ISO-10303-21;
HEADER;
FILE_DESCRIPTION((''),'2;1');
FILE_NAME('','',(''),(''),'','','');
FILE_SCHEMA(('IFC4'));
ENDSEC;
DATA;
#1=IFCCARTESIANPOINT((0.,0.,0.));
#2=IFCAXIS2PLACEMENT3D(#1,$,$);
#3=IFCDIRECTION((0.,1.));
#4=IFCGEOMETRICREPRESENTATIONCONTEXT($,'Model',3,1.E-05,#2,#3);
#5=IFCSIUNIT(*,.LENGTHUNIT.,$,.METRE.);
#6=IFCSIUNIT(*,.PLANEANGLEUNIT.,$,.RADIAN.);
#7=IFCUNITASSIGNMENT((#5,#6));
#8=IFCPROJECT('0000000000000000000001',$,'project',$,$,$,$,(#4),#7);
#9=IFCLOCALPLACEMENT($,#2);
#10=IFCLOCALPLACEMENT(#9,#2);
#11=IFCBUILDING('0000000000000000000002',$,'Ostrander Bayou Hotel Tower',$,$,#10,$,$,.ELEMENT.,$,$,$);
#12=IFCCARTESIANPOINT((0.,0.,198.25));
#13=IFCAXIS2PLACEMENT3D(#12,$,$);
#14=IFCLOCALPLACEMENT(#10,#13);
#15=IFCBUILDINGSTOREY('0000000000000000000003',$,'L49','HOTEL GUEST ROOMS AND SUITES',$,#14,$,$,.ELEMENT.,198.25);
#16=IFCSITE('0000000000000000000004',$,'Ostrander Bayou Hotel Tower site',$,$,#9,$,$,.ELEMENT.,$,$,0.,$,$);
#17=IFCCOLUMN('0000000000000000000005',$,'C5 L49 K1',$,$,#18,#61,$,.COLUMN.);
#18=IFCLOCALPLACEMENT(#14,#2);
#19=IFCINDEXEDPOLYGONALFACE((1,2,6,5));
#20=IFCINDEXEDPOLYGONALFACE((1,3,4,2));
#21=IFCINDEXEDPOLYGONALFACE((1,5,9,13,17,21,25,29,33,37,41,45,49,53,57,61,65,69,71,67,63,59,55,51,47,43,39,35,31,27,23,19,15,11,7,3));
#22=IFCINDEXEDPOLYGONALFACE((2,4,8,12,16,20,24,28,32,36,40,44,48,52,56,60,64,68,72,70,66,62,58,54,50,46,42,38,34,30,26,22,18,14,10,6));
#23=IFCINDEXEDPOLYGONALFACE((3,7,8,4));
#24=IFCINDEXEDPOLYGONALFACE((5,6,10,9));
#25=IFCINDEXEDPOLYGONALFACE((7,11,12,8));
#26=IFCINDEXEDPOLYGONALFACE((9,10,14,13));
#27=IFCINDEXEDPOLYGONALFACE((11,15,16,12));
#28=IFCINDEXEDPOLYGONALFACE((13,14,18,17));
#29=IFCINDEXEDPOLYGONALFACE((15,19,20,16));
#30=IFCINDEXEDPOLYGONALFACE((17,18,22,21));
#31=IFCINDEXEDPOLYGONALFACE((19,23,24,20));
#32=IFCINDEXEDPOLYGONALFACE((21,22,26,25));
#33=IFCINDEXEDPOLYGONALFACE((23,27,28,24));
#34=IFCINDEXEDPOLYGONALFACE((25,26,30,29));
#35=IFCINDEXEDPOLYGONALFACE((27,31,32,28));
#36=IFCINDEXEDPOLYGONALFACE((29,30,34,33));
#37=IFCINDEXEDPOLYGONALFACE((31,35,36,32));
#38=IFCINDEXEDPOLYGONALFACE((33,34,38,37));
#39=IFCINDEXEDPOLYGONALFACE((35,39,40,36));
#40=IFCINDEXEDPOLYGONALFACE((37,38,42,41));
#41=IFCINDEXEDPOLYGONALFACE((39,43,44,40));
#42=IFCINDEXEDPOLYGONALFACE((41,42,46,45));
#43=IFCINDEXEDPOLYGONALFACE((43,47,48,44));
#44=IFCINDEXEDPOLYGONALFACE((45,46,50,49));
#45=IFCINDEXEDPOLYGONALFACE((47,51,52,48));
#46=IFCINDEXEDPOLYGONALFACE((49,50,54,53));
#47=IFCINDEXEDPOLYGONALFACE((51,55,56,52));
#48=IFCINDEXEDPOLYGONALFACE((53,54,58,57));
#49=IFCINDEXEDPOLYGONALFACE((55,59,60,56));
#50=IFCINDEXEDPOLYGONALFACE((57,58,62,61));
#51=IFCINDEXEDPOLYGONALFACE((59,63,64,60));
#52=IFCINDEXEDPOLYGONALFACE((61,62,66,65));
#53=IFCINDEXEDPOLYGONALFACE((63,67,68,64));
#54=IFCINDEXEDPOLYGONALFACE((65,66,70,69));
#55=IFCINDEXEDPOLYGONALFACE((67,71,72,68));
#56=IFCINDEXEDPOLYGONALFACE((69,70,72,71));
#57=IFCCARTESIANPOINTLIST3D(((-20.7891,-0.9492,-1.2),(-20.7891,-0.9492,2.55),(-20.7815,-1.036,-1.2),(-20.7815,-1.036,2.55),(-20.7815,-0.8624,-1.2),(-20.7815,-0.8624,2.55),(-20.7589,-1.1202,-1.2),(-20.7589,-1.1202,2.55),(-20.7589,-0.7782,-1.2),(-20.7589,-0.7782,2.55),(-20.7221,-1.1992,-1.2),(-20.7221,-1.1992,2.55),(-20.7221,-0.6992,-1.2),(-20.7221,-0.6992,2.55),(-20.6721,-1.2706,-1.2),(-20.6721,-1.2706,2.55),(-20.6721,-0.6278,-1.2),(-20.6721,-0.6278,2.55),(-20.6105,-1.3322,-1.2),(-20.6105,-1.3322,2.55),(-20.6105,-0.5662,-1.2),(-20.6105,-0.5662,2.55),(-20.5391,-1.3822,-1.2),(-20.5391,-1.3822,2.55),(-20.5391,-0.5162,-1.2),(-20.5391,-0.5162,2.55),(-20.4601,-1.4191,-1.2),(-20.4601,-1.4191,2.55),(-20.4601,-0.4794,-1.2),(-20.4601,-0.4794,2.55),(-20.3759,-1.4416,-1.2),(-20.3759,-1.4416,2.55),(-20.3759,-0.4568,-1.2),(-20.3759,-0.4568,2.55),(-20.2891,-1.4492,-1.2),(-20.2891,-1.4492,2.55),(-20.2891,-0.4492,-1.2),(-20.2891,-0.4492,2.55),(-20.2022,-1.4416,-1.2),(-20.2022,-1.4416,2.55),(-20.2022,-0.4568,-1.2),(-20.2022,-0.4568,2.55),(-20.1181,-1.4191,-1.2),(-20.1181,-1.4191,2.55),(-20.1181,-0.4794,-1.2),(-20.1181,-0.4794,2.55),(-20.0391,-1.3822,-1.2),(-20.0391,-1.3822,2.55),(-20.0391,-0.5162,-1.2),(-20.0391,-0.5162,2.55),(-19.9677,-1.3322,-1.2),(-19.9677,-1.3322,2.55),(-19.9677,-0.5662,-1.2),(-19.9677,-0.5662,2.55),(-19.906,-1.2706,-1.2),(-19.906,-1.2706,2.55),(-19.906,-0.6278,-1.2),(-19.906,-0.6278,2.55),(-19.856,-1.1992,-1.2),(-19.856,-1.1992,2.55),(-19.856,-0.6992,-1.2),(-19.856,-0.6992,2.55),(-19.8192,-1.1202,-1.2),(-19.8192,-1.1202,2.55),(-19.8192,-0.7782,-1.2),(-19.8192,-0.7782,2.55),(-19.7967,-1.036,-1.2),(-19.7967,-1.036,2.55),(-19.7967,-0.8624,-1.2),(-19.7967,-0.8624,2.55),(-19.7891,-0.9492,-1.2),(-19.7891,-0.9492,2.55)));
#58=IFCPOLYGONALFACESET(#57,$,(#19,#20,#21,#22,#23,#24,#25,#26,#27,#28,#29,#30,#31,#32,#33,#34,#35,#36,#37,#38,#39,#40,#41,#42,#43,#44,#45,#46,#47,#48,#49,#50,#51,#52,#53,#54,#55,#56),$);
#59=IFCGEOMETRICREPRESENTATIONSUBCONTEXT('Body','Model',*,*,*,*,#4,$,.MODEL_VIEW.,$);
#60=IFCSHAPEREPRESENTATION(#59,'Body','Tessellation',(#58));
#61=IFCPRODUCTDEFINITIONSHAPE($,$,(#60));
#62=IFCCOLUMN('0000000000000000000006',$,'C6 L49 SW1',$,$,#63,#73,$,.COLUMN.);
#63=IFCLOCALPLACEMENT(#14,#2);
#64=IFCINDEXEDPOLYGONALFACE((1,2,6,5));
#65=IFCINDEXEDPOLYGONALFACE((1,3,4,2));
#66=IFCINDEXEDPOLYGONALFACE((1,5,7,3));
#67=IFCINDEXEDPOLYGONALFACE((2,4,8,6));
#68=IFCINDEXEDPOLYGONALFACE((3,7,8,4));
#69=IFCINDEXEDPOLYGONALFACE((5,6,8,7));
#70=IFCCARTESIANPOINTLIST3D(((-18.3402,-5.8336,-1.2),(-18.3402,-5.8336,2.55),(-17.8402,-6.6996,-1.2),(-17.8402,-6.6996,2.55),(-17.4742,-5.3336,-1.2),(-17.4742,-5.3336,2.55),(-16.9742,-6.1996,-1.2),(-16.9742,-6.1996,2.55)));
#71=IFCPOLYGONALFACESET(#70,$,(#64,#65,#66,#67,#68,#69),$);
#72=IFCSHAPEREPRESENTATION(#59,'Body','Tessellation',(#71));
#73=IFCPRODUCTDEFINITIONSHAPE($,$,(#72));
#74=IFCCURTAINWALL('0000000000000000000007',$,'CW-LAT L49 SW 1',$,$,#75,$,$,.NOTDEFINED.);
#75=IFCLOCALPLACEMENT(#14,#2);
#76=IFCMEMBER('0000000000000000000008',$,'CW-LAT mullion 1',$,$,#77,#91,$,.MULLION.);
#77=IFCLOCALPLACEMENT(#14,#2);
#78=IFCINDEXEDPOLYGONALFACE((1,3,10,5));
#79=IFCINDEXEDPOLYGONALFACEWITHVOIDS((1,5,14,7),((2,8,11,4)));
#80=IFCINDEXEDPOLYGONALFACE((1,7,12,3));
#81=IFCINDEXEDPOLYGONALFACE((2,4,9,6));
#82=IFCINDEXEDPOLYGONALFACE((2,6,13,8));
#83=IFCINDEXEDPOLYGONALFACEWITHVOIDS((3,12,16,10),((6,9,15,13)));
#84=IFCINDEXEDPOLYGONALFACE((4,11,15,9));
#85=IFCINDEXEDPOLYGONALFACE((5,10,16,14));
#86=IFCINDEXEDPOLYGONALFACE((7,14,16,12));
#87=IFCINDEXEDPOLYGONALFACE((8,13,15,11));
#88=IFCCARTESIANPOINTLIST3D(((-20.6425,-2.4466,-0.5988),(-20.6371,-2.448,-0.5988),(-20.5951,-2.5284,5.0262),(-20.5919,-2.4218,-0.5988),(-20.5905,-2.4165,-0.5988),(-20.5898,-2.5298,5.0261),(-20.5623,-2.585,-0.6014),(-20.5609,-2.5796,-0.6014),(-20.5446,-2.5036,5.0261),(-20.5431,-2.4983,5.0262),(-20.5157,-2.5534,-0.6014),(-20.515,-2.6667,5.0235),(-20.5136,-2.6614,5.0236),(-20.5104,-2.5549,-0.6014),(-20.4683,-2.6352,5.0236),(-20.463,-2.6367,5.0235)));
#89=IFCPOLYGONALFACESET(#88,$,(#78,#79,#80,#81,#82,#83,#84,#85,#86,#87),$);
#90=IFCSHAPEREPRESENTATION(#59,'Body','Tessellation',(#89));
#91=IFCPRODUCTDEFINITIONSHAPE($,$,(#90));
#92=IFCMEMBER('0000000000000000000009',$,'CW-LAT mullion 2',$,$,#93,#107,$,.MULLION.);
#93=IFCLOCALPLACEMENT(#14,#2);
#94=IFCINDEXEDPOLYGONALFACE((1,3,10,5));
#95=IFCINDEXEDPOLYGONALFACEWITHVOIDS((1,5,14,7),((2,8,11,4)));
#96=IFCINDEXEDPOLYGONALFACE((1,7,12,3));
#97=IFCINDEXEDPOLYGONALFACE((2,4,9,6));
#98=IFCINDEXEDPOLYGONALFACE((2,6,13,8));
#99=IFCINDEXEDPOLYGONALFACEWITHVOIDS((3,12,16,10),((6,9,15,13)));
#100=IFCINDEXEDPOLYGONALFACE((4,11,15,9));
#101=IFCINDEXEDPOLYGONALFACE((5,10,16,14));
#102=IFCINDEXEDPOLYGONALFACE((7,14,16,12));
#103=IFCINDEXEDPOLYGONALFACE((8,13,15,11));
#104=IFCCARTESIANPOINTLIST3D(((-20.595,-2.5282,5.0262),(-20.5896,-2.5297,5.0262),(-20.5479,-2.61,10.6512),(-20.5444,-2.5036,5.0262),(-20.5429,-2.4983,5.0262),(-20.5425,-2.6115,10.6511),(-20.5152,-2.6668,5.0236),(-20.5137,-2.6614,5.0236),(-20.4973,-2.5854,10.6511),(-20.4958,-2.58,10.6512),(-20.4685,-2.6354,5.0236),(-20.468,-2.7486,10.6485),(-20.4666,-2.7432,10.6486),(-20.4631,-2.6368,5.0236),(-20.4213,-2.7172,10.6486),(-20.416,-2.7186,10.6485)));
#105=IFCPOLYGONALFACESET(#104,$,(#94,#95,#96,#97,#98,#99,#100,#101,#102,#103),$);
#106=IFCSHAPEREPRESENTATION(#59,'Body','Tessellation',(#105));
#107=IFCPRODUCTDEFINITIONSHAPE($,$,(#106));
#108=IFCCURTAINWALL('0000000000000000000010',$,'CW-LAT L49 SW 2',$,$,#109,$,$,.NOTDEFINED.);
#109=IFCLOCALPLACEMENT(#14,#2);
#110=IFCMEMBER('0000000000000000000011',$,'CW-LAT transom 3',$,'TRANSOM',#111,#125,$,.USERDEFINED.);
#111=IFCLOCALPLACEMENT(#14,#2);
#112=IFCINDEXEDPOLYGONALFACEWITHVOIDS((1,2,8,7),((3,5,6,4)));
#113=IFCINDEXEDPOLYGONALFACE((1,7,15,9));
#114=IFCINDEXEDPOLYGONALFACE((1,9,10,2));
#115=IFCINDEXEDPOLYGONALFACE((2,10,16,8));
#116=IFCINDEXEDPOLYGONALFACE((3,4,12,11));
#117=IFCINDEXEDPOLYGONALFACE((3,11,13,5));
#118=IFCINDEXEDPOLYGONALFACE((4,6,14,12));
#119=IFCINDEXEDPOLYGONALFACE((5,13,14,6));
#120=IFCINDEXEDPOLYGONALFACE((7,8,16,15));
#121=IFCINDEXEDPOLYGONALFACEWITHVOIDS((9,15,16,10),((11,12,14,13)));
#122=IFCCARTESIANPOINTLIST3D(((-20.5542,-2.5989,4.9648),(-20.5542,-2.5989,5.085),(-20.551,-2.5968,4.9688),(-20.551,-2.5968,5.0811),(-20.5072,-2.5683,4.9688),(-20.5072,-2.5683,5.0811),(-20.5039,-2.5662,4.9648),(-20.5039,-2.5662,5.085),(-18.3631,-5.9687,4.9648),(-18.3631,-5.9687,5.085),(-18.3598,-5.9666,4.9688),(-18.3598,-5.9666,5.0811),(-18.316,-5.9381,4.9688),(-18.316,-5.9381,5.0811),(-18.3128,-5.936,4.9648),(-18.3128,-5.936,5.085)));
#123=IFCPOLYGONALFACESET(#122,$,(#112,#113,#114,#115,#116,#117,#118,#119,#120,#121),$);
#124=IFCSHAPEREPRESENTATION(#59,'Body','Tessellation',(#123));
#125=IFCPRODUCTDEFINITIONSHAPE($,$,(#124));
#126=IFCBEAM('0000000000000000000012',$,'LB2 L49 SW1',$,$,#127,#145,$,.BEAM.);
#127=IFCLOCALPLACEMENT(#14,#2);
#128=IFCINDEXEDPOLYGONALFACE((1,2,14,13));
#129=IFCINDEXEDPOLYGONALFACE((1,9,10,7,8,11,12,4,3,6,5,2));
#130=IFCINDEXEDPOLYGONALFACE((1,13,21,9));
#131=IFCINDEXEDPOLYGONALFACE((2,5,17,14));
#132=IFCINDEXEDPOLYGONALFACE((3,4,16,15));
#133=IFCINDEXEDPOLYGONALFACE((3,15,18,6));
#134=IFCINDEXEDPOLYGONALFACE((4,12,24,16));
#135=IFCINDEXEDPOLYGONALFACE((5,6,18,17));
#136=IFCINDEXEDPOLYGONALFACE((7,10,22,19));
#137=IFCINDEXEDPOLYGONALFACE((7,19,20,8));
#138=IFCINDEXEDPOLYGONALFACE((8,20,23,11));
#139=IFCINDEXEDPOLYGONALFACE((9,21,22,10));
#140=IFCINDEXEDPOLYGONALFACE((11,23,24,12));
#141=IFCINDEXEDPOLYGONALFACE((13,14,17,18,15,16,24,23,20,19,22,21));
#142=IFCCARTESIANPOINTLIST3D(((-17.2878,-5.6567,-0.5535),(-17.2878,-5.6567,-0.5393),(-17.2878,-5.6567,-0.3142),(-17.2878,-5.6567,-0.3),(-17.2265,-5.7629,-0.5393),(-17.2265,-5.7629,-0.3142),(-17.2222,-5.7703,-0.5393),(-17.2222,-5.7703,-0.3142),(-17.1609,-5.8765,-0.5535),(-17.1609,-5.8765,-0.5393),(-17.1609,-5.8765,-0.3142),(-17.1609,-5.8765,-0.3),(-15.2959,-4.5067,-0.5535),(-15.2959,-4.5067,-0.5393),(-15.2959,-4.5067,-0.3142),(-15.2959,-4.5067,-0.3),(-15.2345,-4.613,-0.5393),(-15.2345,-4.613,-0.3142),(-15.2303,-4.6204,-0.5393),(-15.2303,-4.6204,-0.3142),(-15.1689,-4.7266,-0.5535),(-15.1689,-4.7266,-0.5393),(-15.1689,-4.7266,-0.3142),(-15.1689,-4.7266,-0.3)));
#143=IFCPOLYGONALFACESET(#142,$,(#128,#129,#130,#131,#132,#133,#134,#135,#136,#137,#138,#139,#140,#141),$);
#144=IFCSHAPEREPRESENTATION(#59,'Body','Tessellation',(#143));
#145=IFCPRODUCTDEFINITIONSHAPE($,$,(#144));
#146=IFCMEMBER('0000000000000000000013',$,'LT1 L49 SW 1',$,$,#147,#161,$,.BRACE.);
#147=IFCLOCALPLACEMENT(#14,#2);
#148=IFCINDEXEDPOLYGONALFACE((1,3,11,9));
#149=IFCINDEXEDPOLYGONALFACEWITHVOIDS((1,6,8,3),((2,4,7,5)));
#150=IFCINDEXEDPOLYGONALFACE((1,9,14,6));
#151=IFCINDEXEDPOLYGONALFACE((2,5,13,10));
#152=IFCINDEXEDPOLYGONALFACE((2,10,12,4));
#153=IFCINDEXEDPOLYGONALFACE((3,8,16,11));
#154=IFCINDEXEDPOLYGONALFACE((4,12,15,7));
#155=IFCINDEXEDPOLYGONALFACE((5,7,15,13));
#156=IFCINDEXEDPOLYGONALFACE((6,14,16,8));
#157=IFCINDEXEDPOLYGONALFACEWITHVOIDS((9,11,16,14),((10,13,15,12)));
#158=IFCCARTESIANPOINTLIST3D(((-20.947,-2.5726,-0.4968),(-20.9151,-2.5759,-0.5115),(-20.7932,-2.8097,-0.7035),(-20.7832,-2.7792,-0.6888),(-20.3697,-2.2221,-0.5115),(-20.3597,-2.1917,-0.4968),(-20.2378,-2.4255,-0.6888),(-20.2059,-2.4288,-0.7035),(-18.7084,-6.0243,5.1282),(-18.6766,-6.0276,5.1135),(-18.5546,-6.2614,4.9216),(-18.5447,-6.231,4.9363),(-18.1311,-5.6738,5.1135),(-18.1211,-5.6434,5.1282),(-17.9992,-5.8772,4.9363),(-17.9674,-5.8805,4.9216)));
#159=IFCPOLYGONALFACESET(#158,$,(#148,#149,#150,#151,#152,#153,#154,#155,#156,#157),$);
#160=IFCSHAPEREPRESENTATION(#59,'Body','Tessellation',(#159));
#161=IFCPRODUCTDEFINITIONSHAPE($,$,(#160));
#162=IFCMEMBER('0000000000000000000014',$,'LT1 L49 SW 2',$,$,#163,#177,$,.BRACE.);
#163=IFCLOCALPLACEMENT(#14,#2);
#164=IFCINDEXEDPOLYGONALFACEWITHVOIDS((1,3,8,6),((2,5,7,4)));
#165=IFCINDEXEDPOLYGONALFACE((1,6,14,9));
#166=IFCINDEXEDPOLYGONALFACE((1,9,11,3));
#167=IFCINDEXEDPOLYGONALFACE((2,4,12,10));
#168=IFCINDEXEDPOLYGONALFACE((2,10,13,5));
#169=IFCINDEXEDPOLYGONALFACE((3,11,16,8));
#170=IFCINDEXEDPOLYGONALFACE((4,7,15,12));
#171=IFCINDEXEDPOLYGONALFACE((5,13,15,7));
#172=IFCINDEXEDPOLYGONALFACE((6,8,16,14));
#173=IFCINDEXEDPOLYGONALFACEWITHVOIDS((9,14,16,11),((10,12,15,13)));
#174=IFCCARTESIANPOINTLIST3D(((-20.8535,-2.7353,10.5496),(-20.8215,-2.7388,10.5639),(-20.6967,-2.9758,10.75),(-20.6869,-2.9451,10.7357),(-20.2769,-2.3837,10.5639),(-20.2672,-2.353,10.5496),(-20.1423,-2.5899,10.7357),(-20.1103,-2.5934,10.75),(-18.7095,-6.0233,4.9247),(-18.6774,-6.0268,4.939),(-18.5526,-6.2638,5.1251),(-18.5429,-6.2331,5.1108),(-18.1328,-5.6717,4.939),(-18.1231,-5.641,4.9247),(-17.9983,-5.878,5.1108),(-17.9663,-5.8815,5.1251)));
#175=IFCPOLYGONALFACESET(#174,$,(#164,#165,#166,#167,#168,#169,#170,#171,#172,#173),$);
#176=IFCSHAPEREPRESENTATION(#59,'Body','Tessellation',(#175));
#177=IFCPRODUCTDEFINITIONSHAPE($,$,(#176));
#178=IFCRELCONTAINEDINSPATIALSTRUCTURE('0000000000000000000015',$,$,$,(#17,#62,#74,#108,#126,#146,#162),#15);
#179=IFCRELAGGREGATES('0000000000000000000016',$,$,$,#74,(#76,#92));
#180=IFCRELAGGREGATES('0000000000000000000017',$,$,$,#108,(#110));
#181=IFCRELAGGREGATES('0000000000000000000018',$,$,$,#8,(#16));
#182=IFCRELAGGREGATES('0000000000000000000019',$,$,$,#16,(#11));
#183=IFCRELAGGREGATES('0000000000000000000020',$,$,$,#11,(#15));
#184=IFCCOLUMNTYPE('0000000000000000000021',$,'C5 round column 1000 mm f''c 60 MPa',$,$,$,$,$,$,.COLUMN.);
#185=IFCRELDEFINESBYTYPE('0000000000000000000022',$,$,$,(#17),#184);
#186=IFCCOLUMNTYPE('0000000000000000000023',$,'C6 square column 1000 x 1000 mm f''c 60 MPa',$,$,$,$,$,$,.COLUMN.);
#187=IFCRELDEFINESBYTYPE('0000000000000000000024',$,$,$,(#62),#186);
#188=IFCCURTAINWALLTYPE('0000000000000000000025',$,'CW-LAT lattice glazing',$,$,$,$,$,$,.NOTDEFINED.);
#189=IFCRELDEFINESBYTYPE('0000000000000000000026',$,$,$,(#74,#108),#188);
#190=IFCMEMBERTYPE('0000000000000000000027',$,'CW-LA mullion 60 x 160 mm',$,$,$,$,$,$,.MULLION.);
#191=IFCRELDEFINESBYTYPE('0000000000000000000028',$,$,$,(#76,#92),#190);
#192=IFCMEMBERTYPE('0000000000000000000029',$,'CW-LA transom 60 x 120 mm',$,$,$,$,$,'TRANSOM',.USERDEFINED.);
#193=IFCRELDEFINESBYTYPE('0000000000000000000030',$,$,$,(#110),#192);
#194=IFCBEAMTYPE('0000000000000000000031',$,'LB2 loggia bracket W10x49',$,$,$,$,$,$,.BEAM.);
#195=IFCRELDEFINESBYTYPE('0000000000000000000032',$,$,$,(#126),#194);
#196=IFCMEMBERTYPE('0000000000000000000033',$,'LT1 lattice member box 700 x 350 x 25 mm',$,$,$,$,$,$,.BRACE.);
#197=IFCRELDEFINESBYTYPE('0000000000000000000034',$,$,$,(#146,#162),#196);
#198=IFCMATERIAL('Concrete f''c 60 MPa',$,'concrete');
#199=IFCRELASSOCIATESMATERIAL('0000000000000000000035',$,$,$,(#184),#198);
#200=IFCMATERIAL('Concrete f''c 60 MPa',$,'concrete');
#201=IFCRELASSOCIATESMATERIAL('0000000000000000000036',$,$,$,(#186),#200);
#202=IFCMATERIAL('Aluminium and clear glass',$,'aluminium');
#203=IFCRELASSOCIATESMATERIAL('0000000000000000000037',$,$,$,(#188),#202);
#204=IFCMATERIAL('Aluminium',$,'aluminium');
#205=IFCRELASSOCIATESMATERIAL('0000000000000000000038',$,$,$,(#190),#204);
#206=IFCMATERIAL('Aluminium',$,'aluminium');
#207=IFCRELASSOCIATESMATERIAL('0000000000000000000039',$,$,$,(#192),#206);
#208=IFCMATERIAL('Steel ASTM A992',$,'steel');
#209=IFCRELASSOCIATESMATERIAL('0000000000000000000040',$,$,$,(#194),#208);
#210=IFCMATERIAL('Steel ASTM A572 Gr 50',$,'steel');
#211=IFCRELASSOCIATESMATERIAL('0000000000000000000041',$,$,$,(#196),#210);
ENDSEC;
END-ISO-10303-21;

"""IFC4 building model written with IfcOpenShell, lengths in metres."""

from ifc_helpers import new_model, si_unit, direction, frame, origin, origin_2d, place, context, subcontext, project, spatial, rectangle, hollow_rectangle, circle, i_section, extrude, material, material_profile, profile_set, type_object, element, aggregate, save


model = new_model("IFC4")

# Units and contexts
model_context = context("Model", 3, precision=1e-05, world=origin(), true_north=direction((0.0, 1.0)))
body_context = subcontext(model_context, "Body", "Model", "MODEL_VIEW")
ifc_project = project(units=[si_unit("LENGTHUNIT", "METRE"), si_unit("PLANEANGLEUNIT", "RADIAN")], contexts=[model_context])

# Site, building, storey
site_placement = place(None, origin())
site = spatial("IfcSite", under=ifc_project, at=site_placement, Name="Ostrander Bayou Hotel Tower site", CompositionType="ELEMENT", RefElevation=0.0)
building_placement = place(site_placement, origin())
building = spatial("IfcBuilding", under=site, at=building_placement, Name="Ostrander Bayou Hotel Tower", CompositionType="ELEMENT")
storey_placement = place(building_placement, frame((0.0, 0.0, 198.25)))
storey = spatial("IfcBuildingStorey", under=building, at=storey_placement, Name="L49", Description="HOTEL GUEST ROOMS AND SUITES", CompositionType="ELEMENT", Elevation=198.25)

# Columns
ifc_material_1 = material(Name="Concrete f'c 60 MPa", Category="concrete")
ifc_material_profile_1 = material_profile(ifc_material_1, circle(Radius=0.5, at=origin_2d()))
ifc_profile_set_1 = profile_set([ifc_material_profile_1], Name="Concrete f'c 60 MPa")
column_type_1 = type_object("IfcColumnType", Name="C5 round column 1000 mm f'c 60 MPa", PredefinedType="COLUMN", material=ifc_profile_set_1)
column_1_placement = place(storey_placement, frame((-20.2891, -0.9492, -1.2), z_axis=(0.0, 0.0, 1.0), x_axis=(1.0, 0.0, 0.0)))
element("IfcColumn", 1, at=column_1_placement, inside=storey, type_object=column_type_1, Name="C5 L49 K1", PredefinedType="COLUMN", context=body_context, shape_type="SweptSolid", body=[
    extrude(circle(Radius=0.5, at=origin_2d()), origin(), (0.0, 0.0, 1.0), 3.75),
])
ifc_material_2 = material(Name="Concrete f'c 60 MPa", Category="concrete")
ifc_material_profile_2 = material_profile(ifc_material_2, rectangle(XDim=1.0, YDim=1.0, at=origin_2d()))
ifc_profile_set_2 = profile_set([ifc_material_profile_2], Name="Concrete f'c 60 MPa")
column_type_2 = type_object("IfcColumnType", Name="C6 square column 1000 x 1000 mm f'c 60 MPa", PredefinedType="COLUMN", material=ifc_profile_set_2)
column_2_placement = place(storey_placement, frame((-17.6572, -6.0166, -1.2), z_axis=(0.0, 0.0, 1.0), x_axis=(-0.5, 0.866025, 0.0)))
element("IfcColumn", 2, at=column_2_placement, inside=storey, type_object=column_type_2, Name="C6 L49 SW1", PredefinedType="COLUMN", context=body_context, shape_type="SweptSolid", body=[
    extrude(rectangle(XDim=1.0, YDim=1.0, at=origin_2d()), origin(), (0.0, 0.0, 1.0), 3.75),
])

# Curtain wall, members
ifc_material_3 = material(Name="Aluminium and clear glass", Category="aluminium")
curtain_wall_type = type_object("IfcCurtainWallType", Name="CW-LAT lattice glazing", PredefinedType="NOTDEFINED", material=ifc_material_3)
curtain_wall_1_placement = place(storey_placement, origin())
curtain_wall_1 = element("IfcCurtainWall", 3, at=curtain_wall_1_placement, inside=storey, type_object=curtain_wall_type, Name="CW-LAT L49 SW 1", PredefinedType="NOTDEFINED")
ifc_material_4 = material(Name="Aluminium", Category="aluminium")
ifc_material_profile_3 = material_profile(ifc_material_4, hollow_rectangle(XDim=0.0601, YDim=0.1599, WallThickness=0.0039, at=origin_2d()))
ifc_profile_set_3 = profile_set([ifc_material_profile_3], Name="Aluminium")
member_type_1 = type_object("IfcMemberType", Name="CW-LA mullion 60 x 160 mm", PredefinedType="MULLION", material=ifc_profile_set_3)
member_1_placement = place(storey_placement, frame((-20.5764, -2.5007, -0.6001), z_axis=(0.008419, -0.014538, 0.999859), x_axis=(0.865367, 0.501138, 0.0)))
member_1 = element("IfcMember", 4, at=member_1_placement, type_object=member_type_1, Name="CW-LAT mullion 1", PredefinedType="MULLION", context=body_context, shape_type="SweptSolid", body=[
    extrude(hollow_rectangle(XDim=0.0601, YDim=0.1599, WallThickness=0.0039, at=origin_2d()), origin(), (0.0, 0.0, 1.0), 5.6257),
])
member_2_placement = place(storey_placement, frame((-20.5291, -2.5825, 5.0249), z_axis=(0.008376, -0.014538, 0.999859), x_axis=(0.866487, 0.4992, 0.0)))
member_2 = element("IfcMember", 5, at=member_2_placement, type_object=member_type_1, Name="CW-LAT mullion 2", PredefinedType="MULLION", context=body_context, shape_type="SweptSolid", body=[
    extrude(hollow_rectangle(XDim=0.0601, YDim=0.1599, WallThickness=0.0039, at=origin_2d()), origin(), (0.0, 0.0, 1.0), 5.6257),
])

# Curtain wall, member
curtain_wall_2_placement = place(storey_placement, origin())
curtain_wall_2 = element("IfcCurtainWall", 6, at=curtain_wall_2_placement, inside=storey, type_object=curtain_wall_type, Name="CW-LAT L49 SW 2", PredefinedType="NOTDEFINED")
ifc_material_5 = material(Name="Aluminium", Category="aluminium")
ifc_material_profile_4 = material_profile(ifc_material_5, hollow_rectangle(XDim=0.0601, YDim=0.1201, WallThickness=0.0039, at=origin_2d()))
ifc_profile_set_4 = profile_set([ifc_material_profile_4], Name="Aluminium")
member_type_2 = type_object("IfcMemberType", Name="CW-LA transom 60 x 120 mm", ElementType="TRANSOM", PredefinedType="USERDEFINED", material=ifc_profile_set_4)
member_3_placement = place(storey_placement, frame((-20.5291, -2.5825, 5.0249), z_axis=(0.545119, -0.838359, 0.0), x_axis=(0.838359, 0.545119, 0.0)))
member_3 = element("IfcMember", 7, at=member_3_placement, type_object=member_type_2, Name="CW-LAT transom 3", ObjectType="TRANSOM", PredefinedType="USERDEFINED", context=body_context, shape_type="SweptSolid", body=[
    extrude(hollow_rectangle(XDim=0.0601, YDim=0.1201, WallThickness=0.0039, at=origin_2d()), origin(), (0.0, 0.0, 1.0), 4.0195),
])

# Beam
ifc_material_6 = material(Name="Steel ASTM A992", Category="steel")
ifc_material_profile_5 = material_profile(ifc_material_6, i_section(OverallWidth=0.2539, OverallDepth=0.2534, WebThickness=0.0085, FlangeThickness=0.0142, at=origin_2d()))
ifc_profile_set_5 = profile_set([ifc_material_profile_5], Name="Steel ASTM A992")
beam_type_1 = type_object("IfcBeamType", Name="LB2 loggia bracket W10x49", PredefinedType="BEAM", material=ifc_profile_set_5)
beam_1_placement = place(storey_placement, frame((-17.2244, -5.7666, -0.4268), z_axis=(0.866053, 0.499952, 0.0), x_axis=(-0.499952, 0.866053, 0.0)))
element("IfcBeam", 8, at=beam_1_placement, inside=storey, type_object=beam_type_1, Name="LB2 L49 SW1", PredefinedType="BEAM", context=body_context, shape_type="SweptSolid", body=[
    extrude(i_section(OverallWidth=0.2539, OverallDepth=0.2534, WebThickness=0.0085, FlangeThickness=0.0142, at=origin_2d()), origin(), (0.0, 0.0, 1.0), 2.3),
])

# Members
ifc_material_7 = material(Name="Steel ASTM A572 Gr 50", Category="steel")
ifc_material_profile_6 = material_profile(ifc_material_7, hollow_rectangle(XDim=0.7, YDim=0.3501, WallThickness=0.0249, at=origin_2d()))
ifc_profile_set_6 = profile_set([ifc_material_profile_6], Name="Steel ASTM A572 Gr 50")
member_type_3 = type_object("IfcMemberType", Name="LT1 lattice member box 700 x 350 x 25 mm", PredefinedType="BRACE", material=ifc_profile_set_6)
member_4_placement = place(storey_placement, frame((-18.3379, -5.9524, 5.0249), z_axis=(-0.321216, 0.495295, -0.807157), x_axis=(-0.839004, -0.544124, 0.0)))
element("IfcMember", 9, at=member_4_placement, inside=storey, type_object=member_type_3, Name="LT1 L49 SW 1", PredefinedType="BRACE", context=body_context, shape_type="SweptSolid", body=[
    extrude(hollow_rectangle(XDim=0.7, YDim=0.3501, WallThickness=0.0249, at=origin_2d()), origin(), (0.0, 0.0, 1.0), 6.969),
])
member_5_placement = place(storey_placement, frame((-18.3379, -5.9524, 5.0249), z_axis=(-0.312578, 0.479367, 0.820063), x_axis=(-0.837653, -0.546203, 0.0)))
element("IfcMember", 10, at=member_5_placement, inside=storey, type_object=member_type_3, Name="LT1 L49 SW 2", PredefinedType="BRACE", context=body_context, shape_type="SweptSolid", body=[
    extrude(hollow_rectangle(XDim=0.7, YDim=0.3501, WallThickness=0.0249, at=origin_2d()), origin(), (0.0, 0.0, 1.0), 6.8591),
])

aggregate(curtain_wall_1, [member_1, member_2])
aggregate(curtain_wall_2, [member_3])

save(model, "model.ifc")
